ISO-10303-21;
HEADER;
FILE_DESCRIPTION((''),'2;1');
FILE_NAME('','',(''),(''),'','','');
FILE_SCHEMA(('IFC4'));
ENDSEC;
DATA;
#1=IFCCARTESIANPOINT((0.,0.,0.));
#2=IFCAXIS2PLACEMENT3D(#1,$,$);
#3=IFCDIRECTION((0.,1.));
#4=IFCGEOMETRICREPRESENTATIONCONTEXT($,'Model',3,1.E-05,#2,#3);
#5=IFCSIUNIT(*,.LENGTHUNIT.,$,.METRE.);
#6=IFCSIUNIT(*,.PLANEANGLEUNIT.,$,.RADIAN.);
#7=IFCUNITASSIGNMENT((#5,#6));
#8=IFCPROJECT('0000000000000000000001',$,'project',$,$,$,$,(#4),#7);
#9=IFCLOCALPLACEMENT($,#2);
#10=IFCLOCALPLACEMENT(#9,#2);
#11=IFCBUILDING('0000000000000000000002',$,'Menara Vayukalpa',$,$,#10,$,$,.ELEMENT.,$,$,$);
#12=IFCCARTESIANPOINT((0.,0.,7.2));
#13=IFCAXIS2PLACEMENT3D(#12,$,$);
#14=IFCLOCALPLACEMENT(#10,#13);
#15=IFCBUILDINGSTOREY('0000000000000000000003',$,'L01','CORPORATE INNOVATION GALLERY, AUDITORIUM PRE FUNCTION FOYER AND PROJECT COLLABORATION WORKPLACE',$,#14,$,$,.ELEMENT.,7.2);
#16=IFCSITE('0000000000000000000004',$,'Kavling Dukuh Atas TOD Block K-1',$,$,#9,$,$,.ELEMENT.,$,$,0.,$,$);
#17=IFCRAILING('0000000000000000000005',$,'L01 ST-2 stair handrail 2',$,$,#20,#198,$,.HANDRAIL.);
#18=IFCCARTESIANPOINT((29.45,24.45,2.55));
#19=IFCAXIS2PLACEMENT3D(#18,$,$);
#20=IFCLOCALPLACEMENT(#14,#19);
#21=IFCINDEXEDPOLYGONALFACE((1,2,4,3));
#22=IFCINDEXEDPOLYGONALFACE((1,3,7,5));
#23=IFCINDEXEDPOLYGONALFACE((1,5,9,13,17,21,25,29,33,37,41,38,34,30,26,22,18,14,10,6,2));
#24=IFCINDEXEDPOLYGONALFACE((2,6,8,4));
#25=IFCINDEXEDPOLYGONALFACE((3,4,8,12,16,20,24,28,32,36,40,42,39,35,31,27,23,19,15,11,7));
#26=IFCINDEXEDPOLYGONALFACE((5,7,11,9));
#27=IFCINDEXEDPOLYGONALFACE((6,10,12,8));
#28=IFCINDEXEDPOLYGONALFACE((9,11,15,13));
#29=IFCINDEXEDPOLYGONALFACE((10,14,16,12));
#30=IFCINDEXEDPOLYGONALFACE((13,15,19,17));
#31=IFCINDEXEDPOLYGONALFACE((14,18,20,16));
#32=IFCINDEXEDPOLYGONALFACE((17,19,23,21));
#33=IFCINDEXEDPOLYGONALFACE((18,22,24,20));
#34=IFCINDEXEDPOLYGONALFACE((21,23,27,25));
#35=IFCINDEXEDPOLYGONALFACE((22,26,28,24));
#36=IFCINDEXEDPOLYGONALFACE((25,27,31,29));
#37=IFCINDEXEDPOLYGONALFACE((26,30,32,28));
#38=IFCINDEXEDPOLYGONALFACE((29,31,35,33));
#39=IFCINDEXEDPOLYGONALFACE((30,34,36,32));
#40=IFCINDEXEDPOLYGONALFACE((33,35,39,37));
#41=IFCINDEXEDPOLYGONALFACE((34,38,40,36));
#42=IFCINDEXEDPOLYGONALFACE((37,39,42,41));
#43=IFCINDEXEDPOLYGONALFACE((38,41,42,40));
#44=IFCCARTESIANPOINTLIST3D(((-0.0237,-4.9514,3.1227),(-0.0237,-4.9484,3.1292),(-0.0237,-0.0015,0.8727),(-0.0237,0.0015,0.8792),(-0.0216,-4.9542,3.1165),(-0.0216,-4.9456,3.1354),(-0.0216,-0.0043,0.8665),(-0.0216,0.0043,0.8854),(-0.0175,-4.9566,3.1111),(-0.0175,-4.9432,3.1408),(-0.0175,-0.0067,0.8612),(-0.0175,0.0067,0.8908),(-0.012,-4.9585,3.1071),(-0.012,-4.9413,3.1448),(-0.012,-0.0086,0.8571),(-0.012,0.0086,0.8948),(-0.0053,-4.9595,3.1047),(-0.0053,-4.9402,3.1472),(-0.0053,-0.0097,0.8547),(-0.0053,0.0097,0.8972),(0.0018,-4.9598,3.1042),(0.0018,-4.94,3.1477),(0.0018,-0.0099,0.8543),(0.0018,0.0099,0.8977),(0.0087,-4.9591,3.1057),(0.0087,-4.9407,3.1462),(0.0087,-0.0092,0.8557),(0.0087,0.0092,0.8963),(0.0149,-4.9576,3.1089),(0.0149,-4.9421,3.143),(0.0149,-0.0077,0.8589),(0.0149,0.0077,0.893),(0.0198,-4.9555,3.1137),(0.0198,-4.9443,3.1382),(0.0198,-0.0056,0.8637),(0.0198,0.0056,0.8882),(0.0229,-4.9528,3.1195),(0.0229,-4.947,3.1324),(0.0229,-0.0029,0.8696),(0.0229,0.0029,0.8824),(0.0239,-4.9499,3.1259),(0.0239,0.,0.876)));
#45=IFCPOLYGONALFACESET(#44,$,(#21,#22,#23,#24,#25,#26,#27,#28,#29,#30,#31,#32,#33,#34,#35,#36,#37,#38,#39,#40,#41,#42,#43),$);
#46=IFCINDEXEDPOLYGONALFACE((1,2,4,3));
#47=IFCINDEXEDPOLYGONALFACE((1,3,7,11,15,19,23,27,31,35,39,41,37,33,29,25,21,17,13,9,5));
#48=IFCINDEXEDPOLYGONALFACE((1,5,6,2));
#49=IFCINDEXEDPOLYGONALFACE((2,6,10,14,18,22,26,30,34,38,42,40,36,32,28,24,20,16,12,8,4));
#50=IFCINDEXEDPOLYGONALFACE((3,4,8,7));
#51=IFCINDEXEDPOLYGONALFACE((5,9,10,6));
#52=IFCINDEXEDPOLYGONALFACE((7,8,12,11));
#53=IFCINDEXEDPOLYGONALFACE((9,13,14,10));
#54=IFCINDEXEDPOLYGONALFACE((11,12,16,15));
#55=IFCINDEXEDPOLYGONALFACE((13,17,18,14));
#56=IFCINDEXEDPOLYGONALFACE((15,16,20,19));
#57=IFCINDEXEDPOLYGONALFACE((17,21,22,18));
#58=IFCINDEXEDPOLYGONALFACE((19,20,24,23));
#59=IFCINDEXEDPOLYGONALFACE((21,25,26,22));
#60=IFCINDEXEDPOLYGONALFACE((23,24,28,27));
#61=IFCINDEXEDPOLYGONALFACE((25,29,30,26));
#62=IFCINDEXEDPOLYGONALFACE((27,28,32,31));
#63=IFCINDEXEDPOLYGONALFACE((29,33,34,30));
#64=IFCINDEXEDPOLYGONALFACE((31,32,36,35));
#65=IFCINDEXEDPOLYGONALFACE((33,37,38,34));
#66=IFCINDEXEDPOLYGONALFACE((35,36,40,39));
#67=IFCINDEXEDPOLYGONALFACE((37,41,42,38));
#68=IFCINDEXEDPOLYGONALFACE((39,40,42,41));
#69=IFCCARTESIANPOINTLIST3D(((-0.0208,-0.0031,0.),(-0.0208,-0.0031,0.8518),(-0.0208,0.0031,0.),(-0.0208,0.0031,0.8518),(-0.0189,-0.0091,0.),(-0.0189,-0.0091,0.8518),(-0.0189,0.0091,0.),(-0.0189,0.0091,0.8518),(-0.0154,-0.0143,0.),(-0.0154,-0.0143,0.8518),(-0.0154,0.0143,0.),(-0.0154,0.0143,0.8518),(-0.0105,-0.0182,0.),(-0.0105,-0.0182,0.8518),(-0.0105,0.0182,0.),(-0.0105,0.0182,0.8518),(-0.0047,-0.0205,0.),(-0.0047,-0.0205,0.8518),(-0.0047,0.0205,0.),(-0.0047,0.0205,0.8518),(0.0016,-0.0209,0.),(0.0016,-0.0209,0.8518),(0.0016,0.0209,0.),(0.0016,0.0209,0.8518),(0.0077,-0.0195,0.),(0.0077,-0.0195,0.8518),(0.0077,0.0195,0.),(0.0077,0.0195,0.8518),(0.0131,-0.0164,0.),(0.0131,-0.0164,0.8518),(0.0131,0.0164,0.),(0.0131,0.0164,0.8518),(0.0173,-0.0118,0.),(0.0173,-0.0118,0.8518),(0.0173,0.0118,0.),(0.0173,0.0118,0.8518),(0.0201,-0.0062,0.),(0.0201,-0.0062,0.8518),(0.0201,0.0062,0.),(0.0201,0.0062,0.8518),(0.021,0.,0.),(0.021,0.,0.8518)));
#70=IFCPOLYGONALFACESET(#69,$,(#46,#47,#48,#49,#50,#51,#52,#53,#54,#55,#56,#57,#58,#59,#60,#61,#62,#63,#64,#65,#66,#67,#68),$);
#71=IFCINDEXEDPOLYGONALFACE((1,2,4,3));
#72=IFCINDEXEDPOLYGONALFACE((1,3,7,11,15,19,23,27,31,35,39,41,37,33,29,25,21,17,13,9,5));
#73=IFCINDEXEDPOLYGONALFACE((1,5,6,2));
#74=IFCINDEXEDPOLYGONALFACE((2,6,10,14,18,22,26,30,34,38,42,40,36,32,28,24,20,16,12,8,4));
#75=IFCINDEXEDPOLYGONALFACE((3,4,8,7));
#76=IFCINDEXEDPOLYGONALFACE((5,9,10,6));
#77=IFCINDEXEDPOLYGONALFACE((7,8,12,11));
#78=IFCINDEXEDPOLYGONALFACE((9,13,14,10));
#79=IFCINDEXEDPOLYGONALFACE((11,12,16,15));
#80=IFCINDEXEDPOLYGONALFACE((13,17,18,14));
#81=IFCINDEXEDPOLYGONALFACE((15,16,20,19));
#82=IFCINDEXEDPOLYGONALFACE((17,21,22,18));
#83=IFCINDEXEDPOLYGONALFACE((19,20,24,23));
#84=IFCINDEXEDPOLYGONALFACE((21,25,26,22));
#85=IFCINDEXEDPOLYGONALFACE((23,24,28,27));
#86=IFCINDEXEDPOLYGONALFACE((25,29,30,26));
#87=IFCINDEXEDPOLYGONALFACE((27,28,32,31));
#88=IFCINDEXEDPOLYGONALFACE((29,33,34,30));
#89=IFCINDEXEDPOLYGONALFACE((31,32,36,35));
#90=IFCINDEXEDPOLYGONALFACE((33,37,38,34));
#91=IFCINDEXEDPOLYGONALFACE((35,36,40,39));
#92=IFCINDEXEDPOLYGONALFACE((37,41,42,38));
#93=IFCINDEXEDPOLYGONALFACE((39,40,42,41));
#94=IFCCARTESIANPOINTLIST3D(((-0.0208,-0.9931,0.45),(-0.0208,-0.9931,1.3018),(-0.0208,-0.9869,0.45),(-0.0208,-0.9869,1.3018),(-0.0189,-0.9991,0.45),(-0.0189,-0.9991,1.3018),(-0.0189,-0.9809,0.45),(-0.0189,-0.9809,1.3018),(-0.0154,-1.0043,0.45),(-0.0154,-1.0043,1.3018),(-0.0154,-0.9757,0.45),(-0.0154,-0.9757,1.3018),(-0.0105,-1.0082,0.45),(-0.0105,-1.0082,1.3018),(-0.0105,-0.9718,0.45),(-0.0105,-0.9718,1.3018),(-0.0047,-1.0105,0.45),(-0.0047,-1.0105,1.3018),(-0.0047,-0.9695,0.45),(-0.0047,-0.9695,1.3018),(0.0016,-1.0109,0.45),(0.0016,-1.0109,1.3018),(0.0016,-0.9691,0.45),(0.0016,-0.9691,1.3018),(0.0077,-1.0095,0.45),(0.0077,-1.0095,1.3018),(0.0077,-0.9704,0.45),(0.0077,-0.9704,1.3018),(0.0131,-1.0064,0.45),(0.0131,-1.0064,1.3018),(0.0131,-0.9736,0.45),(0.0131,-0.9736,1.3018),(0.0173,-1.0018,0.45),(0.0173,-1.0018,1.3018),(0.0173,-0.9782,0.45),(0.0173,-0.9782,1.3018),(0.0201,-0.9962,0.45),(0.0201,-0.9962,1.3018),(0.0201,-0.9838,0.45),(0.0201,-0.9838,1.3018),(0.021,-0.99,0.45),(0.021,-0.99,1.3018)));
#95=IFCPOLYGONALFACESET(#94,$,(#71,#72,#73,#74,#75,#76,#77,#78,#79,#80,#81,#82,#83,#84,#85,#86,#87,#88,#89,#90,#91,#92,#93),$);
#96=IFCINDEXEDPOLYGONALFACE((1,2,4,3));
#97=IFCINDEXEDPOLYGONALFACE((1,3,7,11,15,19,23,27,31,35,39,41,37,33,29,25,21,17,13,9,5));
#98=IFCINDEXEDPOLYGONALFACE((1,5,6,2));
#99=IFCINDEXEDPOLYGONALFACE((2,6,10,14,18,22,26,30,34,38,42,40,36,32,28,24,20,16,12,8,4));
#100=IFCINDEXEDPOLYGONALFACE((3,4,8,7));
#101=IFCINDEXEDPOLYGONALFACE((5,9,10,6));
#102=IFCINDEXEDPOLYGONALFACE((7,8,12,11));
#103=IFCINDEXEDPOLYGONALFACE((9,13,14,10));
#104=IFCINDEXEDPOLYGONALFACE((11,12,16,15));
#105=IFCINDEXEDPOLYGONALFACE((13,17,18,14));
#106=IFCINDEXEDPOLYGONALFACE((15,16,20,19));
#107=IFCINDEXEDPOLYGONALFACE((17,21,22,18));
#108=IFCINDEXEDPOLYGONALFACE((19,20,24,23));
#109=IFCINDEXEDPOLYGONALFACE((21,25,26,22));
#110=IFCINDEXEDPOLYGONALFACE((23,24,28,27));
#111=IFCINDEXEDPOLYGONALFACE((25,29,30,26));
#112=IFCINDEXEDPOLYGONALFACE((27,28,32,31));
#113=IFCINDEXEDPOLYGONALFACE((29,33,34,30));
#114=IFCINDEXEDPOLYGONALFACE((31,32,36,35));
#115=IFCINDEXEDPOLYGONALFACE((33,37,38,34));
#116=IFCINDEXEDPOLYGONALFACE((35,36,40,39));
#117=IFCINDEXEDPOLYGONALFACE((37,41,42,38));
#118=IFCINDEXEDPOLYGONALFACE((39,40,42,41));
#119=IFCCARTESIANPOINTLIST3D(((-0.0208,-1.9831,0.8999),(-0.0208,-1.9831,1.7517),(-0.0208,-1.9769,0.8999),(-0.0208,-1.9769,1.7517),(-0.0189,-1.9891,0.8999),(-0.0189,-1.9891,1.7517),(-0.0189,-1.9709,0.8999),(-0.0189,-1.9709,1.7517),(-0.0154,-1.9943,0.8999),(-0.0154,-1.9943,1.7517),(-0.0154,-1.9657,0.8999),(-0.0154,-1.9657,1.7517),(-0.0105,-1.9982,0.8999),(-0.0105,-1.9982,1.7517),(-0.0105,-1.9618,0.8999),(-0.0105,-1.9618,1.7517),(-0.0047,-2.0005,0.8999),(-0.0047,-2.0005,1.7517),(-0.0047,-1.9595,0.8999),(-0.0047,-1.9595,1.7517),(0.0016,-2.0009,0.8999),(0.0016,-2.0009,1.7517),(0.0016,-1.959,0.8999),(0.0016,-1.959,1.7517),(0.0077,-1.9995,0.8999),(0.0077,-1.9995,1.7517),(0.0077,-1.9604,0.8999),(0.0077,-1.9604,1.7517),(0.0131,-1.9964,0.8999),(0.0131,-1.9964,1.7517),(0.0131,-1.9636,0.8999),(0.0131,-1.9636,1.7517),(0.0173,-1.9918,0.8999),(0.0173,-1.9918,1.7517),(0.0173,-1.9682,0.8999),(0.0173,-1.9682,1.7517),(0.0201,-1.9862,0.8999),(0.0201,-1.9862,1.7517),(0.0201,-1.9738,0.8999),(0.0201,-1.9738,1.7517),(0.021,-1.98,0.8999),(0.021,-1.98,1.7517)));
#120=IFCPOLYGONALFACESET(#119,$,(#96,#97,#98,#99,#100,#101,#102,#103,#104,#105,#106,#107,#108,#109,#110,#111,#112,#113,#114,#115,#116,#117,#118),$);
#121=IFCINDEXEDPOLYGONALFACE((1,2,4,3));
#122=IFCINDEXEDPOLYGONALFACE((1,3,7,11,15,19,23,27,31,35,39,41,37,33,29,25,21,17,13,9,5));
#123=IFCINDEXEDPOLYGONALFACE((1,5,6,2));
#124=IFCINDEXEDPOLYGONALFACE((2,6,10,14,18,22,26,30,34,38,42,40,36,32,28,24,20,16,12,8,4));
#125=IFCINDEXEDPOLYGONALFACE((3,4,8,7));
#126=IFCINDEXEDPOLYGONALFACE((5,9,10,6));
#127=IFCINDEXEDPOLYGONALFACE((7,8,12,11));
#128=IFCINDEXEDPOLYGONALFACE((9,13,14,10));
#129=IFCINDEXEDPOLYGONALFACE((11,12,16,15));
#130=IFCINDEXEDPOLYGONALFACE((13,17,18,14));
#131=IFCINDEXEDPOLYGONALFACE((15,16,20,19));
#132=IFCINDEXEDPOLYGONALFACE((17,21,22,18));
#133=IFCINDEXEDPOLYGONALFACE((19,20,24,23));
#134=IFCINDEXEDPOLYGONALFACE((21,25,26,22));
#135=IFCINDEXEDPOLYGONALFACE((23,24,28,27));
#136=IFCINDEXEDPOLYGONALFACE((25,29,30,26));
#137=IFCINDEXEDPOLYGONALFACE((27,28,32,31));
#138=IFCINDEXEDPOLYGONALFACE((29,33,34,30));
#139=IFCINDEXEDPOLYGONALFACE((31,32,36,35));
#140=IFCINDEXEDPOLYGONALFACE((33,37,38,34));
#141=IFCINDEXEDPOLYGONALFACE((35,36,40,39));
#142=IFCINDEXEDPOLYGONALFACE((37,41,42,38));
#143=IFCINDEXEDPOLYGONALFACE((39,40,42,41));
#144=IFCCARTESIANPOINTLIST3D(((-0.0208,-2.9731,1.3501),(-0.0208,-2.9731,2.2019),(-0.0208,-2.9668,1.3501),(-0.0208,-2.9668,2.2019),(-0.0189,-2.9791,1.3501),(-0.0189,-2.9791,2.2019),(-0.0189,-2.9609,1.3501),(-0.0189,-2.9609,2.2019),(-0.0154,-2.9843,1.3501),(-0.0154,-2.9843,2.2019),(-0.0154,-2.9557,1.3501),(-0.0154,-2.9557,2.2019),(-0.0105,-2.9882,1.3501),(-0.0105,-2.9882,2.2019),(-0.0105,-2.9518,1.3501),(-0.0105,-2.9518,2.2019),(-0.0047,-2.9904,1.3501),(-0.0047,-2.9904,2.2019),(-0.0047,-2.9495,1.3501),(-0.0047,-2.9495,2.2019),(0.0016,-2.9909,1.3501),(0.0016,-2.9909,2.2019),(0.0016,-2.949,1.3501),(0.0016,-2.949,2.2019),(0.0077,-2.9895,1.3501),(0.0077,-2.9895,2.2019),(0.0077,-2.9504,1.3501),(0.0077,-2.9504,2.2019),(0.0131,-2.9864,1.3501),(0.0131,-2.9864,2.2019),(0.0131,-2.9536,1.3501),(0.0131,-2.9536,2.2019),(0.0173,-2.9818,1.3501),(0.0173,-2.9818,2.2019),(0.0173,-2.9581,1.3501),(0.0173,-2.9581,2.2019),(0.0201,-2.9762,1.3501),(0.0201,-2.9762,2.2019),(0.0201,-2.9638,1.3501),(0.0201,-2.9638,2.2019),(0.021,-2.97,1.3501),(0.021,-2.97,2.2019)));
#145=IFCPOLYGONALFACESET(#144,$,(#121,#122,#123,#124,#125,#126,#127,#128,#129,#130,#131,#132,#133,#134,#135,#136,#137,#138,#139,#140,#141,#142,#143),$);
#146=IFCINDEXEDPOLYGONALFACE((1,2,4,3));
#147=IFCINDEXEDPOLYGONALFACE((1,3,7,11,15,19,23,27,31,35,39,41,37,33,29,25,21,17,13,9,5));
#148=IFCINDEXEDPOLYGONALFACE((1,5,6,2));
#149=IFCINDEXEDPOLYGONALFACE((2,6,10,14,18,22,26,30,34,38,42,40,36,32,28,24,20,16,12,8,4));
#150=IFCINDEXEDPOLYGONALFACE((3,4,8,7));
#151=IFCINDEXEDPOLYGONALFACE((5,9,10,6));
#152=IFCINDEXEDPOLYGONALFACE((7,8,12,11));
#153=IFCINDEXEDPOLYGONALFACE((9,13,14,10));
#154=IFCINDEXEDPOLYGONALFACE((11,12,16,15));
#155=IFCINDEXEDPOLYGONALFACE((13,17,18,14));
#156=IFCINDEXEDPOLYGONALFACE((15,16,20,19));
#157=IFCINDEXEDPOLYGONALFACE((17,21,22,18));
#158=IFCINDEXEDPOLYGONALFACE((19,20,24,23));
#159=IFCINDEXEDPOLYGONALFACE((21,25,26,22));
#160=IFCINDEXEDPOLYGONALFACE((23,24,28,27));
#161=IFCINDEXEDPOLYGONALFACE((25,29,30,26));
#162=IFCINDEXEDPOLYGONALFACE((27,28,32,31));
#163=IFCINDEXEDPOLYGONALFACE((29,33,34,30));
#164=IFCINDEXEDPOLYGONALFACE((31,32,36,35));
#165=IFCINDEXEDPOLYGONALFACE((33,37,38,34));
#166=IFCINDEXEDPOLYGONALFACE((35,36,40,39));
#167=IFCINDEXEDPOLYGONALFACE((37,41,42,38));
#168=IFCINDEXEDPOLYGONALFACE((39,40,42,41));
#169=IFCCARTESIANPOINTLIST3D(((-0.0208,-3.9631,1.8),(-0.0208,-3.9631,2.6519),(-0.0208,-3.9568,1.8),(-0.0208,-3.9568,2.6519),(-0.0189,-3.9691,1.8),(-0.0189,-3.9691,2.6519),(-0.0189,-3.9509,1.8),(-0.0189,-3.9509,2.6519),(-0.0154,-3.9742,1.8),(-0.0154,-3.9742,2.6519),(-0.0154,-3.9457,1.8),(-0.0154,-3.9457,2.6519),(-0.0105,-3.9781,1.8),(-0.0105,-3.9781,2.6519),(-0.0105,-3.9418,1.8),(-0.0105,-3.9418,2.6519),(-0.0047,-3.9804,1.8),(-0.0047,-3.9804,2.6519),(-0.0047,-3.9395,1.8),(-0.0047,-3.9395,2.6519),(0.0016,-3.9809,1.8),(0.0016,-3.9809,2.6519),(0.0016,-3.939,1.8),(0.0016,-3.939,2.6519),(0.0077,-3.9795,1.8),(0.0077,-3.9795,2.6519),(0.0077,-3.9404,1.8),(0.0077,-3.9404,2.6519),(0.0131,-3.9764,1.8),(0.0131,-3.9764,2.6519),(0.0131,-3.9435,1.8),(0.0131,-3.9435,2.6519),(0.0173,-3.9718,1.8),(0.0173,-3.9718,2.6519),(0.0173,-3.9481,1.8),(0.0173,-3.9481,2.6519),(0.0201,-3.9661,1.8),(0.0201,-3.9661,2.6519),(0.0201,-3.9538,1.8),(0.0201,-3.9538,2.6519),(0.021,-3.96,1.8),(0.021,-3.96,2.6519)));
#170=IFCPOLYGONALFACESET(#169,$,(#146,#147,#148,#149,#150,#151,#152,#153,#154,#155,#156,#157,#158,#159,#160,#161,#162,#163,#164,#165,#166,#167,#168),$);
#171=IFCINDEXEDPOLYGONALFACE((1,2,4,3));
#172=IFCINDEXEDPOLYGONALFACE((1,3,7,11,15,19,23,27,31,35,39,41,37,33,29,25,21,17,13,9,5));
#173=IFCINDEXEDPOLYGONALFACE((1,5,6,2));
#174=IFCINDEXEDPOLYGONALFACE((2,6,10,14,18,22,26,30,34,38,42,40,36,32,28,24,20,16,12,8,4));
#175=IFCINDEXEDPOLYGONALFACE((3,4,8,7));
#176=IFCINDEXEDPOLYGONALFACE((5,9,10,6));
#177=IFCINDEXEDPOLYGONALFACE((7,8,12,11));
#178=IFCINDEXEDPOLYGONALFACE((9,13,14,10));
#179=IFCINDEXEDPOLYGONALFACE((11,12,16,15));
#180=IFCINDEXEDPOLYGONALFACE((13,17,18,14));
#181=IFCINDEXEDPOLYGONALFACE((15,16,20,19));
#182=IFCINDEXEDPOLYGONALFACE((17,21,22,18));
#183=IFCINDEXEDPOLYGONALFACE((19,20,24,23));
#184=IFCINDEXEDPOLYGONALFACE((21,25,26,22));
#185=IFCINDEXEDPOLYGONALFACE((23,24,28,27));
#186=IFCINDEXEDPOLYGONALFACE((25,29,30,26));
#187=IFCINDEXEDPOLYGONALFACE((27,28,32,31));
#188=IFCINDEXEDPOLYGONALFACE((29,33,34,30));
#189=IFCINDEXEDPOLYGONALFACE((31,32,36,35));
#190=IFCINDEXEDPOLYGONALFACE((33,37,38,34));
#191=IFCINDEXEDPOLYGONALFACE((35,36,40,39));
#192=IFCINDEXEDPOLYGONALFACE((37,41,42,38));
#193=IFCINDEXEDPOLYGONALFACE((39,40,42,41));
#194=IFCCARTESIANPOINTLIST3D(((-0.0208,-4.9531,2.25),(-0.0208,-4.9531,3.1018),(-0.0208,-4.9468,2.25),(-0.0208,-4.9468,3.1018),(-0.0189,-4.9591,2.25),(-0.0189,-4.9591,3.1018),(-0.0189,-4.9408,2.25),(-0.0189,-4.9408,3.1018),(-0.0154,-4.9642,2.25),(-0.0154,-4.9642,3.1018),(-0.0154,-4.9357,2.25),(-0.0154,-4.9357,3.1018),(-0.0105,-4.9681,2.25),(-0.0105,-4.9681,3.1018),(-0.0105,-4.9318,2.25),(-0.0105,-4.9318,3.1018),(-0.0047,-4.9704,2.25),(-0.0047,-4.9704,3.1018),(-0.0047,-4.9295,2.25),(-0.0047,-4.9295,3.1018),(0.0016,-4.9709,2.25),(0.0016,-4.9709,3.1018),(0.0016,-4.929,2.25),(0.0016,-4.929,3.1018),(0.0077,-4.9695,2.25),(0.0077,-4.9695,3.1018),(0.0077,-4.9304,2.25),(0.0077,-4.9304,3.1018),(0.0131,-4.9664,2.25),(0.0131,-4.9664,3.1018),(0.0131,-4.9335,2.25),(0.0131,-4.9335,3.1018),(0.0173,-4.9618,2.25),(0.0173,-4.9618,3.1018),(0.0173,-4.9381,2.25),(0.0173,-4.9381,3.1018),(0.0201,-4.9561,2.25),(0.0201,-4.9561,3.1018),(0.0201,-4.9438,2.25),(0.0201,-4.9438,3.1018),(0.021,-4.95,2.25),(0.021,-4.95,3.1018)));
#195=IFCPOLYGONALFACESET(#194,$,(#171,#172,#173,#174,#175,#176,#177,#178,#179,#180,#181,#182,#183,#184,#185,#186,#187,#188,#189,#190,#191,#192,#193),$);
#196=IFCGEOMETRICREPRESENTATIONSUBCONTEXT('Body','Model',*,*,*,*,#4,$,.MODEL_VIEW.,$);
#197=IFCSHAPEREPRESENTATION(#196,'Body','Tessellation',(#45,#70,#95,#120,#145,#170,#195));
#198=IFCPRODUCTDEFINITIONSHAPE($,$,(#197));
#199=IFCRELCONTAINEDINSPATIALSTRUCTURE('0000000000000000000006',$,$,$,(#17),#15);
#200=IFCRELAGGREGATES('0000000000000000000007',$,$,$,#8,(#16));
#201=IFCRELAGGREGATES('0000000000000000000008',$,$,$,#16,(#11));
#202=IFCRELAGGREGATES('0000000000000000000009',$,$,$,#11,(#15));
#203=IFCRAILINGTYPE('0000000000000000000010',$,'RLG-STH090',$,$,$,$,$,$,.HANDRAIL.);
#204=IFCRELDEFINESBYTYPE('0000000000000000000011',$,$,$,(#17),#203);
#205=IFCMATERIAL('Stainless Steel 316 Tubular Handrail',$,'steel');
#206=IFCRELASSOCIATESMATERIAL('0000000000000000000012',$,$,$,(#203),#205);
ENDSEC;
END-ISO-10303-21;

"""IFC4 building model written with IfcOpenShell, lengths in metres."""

from ifc_helpers import new_model, si_unit, direction, frame, origin, origin_2d, place, context, subcontext, project, spatial, circle, extrude, material, type_object, element, save


model = new_model("IFC4")

# Units and contexts
model_context = context("Model", 3, precision=1e-05, world=origin(), true_north=direction((0.0, 1.0)))
body_context = subcontext(model_context, "Body", "Model", "MODEL_VIEW")
ifc_project = project(units=[si_unit("LENGTHUNIT", "METRE"), si_unit("PLANEANGLEUNIT", "RADIAN")], contexts=[model_context])

# Site, building, storey
site_placement = place(None, origin())
site = spatial("IfcSite", under=ifc_project, at=site_placement, Name="Kavling Dukuh Atas TOD Block K-1", CompositionType="ELEMENT", RefElevation=0.0)
building_placement = place(site_placement, origin())
building = spatial("IfcBuilding", under=site, at=building_placement, Name="Menara Vayukalpa", CompositionType="ELEMENT")
storey_placement = place(building_placement, frame((0.0, 0.0, 7.2)))
storey = spatial("IfcBuildingStorey", under=building, at=storey_placement, Name="L01", Description="CORPORATE INNOVATION GALLERY, AUDITORIUM PRE FUNCTION FOYER AND PROJECT COLLABORATION WORKPLACE", CompositionType="ELEMENT", Elevation=7.2)

# Railing
ifc_material_1 = material(Name="Stainless Steel 316 Tubular Handrail", Category="steel")
railing_type_1 = type_object("IfcRailingType", Name="RLG-STH090", PredefinedType="HANDRAIL", material=ifc_material_1)
railing_1_placement = place(storey_placement, frame((29.45, 24.45, 2.55)))
element("IfcRailing", 1, at=railing_1_placement, inside=storey, type_object=railing_type_1, Name="L01 ST-2 stair handrail 2", PredefinedType="HANDRAIL", context=body_context, shape_type="SweptSolid", body=[
    extrude(circle(Radius=0.0239, at=origin_2d()), frame((0.0, 0.0, 0.876), z_axis=(0.0, -0.910365, 0.413806), x_axis=(1.0, 0.0, 0.0)), (0.0, 0.0, 1.0), 5.4373),
    extrude(circle(Radius=0.021, at=origin_2d()), origin(), (0.0, 0.0, 1.0), 0.8518),
    extrude(circle(Radius=0.021, at=origin_2d()), frame((0.0, -0.99, 0.45)), (0.0, 0.0, 1.0), 0.8518),
    extrude(circle(Radius=0.021, at=origin_2d()), frame((0.0, -1.98, 0.8999)), (0.0, 0.0, 1.0), 0.8518),
    extrude(circle(Radius=0.021, at=origin_2d()), frame((0.0, -2.97, 1.3501)), (0.0, 0.0, 1.0), 0.8518),
    extrude(circle(Radius=0.021, at=origin_2d()), frame((0.0, -3.96, 1.8)), (0.0, 0.0, 1.0), 0.8518),
    extrude(circle(Radius=0.021, at=origin_2d()), frame((0.0, -4.95, 2.25)), (0.0, 0.0, 1.0), 0.8518),
])

save(model, "model.ifc")
